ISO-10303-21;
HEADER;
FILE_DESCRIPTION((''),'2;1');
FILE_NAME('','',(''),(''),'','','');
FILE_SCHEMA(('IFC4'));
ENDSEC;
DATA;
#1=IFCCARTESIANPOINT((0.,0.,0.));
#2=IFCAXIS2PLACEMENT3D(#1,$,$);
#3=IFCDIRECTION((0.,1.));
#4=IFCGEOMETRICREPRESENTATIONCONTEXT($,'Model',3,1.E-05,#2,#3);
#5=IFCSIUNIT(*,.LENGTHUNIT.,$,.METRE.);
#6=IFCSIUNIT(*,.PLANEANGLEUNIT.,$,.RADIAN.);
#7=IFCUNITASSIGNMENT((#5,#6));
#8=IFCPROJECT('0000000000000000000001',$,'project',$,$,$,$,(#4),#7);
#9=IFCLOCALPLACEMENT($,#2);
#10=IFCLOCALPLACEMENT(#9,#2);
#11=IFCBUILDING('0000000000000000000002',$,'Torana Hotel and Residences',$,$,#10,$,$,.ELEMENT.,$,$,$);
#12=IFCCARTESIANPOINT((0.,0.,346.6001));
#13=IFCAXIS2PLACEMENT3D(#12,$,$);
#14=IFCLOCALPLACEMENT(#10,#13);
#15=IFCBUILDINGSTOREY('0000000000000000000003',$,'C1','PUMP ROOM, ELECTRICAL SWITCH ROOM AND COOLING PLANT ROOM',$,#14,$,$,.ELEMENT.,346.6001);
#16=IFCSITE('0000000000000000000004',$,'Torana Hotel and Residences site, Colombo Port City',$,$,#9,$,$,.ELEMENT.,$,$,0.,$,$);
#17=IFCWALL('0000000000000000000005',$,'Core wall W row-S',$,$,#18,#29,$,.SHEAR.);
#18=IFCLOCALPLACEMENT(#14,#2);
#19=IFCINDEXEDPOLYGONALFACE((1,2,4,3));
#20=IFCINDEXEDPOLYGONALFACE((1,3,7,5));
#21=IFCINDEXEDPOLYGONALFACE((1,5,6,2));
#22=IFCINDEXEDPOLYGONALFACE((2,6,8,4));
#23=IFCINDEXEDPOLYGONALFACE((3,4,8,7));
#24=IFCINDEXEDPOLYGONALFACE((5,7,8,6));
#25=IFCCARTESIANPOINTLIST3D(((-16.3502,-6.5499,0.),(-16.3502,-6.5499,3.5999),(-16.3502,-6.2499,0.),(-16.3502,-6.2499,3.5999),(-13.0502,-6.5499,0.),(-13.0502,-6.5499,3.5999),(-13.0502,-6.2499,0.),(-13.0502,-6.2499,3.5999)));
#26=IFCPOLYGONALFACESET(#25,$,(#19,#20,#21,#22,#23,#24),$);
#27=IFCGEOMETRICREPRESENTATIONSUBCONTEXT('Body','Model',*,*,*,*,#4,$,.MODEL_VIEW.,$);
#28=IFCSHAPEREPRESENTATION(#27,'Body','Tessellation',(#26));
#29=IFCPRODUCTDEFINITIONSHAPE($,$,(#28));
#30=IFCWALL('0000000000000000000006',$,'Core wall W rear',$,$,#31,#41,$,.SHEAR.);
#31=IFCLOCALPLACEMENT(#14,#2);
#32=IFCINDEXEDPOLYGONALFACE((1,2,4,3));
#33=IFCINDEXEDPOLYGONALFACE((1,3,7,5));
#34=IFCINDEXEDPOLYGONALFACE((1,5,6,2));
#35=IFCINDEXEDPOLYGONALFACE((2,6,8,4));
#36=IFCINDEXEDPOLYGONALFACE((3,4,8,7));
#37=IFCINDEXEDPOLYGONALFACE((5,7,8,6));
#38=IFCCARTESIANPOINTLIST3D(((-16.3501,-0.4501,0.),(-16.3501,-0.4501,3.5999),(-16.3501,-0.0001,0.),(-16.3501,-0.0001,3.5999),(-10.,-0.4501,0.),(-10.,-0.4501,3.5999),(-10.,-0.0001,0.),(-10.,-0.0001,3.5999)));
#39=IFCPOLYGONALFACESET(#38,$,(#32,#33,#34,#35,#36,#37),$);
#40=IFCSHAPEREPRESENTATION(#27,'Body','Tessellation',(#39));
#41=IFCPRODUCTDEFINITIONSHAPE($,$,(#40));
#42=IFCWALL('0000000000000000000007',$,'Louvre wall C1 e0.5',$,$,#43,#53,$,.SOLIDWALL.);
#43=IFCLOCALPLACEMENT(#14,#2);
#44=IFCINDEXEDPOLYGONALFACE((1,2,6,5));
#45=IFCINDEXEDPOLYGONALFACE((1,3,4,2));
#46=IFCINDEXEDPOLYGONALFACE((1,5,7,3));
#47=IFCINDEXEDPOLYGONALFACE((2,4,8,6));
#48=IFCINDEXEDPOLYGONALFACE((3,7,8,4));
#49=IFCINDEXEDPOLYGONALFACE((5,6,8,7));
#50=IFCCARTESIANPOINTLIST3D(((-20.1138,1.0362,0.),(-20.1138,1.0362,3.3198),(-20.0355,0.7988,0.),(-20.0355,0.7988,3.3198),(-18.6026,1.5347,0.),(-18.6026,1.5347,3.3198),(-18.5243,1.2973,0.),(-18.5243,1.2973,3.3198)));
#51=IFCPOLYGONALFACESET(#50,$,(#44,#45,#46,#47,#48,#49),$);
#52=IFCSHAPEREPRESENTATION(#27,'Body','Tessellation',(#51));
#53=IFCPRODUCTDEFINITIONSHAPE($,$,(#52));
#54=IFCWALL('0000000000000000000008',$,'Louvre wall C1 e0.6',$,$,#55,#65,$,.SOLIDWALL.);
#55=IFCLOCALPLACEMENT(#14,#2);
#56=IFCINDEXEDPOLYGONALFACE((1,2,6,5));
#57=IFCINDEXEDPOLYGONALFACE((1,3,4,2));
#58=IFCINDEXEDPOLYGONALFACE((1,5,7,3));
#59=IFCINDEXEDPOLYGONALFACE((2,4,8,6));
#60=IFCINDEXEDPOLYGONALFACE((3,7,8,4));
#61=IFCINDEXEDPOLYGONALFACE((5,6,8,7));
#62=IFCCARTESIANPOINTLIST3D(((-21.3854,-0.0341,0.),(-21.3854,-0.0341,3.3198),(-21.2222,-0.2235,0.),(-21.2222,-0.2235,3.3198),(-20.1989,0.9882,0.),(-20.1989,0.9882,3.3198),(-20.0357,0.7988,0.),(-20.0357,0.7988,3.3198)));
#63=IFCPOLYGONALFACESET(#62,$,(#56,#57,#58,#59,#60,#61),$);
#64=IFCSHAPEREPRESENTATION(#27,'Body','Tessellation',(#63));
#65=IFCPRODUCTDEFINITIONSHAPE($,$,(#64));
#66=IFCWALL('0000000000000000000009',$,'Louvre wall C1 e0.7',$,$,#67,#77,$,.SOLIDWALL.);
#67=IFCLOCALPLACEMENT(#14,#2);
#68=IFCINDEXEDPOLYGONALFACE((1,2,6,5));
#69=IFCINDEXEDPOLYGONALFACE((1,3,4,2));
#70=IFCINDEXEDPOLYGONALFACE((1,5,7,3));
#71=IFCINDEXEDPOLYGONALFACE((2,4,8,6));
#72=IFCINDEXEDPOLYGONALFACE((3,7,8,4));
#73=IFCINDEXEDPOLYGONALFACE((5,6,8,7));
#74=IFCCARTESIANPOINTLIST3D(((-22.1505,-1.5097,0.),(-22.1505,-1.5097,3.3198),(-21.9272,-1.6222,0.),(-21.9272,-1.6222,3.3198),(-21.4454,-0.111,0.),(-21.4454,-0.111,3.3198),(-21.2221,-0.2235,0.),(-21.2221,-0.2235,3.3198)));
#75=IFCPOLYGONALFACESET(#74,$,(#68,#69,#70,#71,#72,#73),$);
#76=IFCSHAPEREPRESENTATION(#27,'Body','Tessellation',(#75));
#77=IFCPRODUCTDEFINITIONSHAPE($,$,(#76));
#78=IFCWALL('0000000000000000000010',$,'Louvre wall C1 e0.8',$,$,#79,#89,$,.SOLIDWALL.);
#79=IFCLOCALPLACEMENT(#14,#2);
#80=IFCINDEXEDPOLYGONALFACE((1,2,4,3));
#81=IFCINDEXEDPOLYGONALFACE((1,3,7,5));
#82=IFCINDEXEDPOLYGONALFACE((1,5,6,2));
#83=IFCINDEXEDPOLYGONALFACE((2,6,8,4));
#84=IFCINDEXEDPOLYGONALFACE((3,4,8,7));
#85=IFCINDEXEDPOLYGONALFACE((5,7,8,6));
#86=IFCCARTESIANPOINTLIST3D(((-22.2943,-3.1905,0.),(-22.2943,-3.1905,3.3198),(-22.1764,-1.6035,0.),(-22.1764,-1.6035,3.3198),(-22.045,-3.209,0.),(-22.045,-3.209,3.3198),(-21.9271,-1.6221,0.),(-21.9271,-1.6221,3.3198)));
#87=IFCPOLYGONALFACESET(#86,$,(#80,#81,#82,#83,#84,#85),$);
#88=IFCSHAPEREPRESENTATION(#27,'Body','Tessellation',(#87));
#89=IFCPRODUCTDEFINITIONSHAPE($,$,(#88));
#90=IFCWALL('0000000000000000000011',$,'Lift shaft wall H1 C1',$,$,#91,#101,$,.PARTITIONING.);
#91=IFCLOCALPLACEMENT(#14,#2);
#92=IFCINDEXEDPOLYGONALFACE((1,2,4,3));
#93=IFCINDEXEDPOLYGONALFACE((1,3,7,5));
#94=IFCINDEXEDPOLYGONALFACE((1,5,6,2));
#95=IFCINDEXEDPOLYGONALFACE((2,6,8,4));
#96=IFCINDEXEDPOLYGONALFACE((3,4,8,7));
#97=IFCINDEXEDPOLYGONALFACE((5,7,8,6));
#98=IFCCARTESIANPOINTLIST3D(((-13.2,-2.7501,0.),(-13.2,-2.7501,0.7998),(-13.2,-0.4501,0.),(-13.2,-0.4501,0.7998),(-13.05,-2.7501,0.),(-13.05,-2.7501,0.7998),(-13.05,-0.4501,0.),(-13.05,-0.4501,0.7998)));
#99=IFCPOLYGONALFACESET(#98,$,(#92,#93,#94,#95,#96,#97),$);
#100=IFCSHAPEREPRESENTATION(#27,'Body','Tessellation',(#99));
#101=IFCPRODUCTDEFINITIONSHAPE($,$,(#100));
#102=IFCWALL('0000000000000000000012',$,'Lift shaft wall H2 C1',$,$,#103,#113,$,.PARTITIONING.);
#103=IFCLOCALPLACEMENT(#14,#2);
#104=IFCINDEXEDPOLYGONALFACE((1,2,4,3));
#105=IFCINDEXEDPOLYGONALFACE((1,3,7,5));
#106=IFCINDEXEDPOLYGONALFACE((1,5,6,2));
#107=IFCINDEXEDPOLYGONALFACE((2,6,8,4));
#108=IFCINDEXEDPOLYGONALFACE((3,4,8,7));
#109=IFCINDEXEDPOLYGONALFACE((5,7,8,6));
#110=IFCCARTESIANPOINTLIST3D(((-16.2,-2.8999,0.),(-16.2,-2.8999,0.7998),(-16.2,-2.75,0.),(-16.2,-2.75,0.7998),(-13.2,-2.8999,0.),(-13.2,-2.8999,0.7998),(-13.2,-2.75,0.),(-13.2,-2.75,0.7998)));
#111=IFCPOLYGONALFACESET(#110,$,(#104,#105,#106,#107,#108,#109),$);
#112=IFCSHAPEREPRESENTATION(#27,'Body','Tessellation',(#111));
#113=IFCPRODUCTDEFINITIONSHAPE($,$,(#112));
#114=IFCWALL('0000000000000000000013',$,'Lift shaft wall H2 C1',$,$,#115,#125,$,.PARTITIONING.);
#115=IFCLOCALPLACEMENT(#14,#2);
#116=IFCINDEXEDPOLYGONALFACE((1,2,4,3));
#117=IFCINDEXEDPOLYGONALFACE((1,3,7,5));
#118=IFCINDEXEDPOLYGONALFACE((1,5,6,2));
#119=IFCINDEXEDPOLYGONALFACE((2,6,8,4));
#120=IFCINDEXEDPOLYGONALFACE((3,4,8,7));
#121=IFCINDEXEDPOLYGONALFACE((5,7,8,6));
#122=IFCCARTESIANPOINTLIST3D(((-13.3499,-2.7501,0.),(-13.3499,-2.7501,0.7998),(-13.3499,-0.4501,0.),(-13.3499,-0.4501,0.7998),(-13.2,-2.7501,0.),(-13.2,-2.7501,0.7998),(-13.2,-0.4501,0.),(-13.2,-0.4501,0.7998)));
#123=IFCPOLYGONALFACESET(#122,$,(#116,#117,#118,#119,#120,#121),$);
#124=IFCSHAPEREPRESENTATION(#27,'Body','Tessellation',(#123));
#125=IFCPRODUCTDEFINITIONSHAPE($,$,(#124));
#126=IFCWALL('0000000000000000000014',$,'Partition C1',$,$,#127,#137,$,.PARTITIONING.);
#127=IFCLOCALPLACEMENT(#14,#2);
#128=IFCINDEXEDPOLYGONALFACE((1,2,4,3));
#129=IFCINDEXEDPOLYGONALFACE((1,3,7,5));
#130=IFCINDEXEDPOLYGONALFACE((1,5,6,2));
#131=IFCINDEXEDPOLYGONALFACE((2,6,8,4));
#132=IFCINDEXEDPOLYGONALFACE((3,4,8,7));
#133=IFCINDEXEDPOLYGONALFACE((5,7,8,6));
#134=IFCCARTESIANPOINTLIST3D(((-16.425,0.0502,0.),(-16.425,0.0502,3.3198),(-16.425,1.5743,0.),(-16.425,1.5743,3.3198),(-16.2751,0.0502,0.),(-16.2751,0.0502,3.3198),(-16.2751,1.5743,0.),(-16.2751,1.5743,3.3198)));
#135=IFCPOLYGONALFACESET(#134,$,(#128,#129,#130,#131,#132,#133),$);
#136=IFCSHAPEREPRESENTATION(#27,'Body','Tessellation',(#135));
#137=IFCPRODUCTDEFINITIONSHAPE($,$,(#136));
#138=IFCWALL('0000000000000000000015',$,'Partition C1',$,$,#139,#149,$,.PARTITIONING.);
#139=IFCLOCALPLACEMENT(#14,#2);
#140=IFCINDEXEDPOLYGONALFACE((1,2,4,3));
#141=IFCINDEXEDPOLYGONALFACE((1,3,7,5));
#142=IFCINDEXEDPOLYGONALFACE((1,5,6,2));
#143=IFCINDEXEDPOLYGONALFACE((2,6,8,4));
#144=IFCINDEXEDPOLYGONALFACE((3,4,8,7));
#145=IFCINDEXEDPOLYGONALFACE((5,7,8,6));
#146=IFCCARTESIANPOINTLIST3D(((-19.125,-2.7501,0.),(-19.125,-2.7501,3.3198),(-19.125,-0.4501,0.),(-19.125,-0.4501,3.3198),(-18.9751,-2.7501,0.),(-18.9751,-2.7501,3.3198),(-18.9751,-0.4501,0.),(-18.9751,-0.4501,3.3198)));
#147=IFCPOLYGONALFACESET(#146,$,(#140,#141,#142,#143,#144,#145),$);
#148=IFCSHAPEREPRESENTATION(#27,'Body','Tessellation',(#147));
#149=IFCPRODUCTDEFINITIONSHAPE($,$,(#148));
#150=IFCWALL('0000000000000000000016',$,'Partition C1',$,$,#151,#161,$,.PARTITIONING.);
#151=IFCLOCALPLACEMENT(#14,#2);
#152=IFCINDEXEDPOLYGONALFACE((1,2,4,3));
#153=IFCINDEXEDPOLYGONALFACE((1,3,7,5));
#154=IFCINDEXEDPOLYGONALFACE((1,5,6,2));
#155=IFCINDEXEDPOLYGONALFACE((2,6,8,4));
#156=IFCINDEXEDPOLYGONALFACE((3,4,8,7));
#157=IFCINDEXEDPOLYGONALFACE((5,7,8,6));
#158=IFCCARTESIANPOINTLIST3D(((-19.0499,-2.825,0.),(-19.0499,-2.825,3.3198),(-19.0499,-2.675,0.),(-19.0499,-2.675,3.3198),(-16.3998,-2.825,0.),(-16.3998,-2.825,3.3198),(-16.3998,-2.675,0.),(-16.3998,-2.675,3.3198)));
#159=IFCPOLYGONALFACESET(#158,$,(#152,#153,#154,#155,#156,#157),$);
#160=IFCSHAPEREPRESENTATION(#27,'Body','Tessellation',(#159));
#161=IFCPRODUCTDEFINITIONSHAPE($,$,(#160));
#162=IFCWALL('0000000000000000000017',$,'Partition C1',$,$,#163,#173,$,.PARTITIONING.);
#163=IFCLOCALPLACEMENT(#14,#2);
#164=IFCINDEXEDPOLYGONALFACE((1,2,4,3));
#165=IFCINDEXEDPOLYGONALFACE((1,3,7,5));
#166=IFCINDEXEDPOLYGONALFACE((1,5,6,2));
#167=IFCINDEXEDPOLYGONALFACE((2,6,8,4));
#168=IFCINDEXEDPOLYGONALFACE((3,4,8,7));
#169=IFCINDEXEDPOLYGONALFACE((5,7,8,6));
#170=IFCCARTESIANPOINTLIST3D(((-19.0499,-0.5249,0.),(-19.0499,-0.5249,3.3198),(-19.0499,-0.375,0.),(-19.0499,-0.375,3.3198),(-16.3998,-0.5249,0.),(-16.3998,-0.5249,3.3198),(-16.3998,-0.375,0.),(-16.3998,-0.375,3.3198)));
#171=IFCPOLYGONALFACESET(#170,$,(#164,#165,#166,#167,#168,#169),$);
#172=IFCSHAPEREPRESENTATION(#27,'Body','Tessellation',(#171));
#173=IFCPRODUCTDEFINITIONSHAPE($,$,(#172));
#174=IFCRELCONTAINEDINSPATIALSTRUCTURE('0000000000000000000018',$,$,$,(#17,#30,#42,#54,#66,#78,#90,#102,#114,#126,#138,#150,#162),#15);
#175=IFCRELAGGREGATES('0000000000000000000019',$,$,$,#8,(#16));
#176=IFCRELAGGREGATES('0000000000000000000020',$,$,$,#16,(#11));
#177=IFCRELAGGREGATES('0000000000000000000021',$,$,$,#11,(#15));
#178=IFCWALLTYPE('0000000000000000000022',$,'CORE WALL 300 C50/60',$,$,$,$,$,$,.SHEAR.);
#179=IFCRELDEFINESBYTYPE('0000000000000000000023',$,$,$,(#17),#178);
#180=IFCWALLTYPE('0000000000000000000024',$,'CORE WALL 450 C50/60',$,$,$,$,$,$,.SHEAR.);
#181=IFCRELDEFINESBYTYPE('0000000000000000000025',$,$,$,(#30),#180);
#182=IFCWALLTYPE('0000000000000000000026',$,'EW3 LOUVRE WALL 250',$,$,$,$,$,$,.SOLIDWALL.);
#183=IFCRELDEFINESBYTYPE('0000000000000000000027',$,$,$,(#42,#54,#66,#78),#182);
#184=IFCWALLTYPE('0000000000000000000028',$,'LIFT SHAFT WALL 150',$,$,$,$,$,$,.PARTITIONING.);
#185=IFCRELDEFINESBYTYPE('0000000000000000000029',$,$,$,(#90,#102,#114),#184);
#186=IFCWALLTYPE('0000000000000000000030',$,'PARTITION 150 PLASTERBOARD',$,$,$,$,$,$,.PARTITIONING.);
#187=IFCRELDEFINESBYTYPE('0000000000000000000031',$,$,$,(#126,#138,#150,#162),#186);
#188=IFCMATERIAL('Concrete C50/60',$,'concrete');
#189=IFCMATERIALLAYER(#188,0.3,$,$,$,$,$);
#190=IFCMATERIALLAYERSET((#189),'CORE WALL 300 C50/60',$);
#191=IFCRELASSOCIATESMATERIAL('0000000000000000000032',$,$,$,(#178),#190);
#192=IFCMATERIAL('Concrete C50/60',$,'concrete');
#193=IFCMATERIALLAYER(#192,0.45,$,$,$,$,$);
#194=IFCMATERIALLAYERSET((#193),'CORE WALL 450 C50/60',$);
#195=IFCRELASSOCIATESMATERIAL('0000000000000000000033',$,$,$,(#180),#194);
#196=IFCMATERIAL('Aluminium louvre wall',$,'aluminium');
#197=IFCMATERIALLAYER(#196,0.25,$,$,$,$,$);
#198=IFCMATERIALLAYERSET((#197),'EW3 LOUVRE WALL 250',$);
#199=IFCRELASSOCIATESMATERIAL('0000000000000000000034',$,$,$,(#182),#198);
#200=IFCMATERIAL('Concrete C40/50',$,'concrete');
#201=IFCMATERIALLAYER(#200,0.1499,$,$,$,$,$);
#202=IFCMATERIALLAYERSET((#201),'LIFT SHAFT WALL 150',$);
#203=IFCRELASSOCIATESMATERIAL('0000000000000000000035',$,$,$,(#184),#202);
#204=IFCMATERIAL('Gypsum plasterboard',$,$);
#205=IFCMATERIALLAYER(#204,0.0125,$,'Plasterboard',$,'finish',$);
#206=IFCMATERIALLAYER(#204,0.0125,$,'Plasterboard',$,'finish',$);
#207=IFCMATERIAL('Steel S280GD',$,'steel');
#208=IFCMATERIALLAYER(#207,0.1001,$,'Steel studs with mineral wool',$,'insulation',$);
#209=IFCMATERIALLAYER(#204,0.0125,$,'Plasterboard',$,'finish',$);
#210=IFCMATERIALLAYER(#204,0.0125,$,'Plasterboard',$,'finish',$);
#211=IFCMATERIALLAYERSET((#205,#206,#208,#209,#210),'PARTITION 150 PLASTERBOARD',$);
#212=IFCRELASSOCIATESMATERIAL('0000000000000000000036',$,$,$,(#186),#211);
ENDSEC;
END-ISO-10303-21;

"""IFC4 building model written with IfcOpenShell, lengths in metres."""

from ifc_helpers import new_model, si_unit, direction, frame, frame_2d, origin, place, context, subcontext, project, spatial, rectangle, extrude, material, layer, layer_set, type_object, element, save


model = new_model("IFC4")

# Units and contexts
model_context = context("Model", 3, precision=1e-05, world=origin(), true_north=direction((0.0, 1.0)))
body_context = subcontext(model_context, "Body", "Model", "MODEL_VIEW")
ifc_project = project(units=[si_unit("LENGTHUNIT", "METRE"), si_unit("PLANEANGLEUNIT", "RADIAN")], contexts=[model_context])

# Site, building, storey
site_placement = place(None, origin())
site = spatial("IfcSite", under=ifc_project, at=site_placement, Name="Torana Hotel and Residences site, Colombo Port City", CompositionType="ELEMENT", RefElevation=0.0)
building_placement = place(site_placement, origin())
building = spatial("IfcBuilding", under=site, at=building_placement, Name="Torana Hotel and Residences", CompositionType="ELEMENT")
storey_placement = place(building_placement, frame((0.0, 0.0, 346.6001)))
storey = spatial("IfcBuildingStorey", under=building, at=storey_placement, Name="C1", Description="PUMP ROOM, ELECTRICAL SWITCH ROOM AND COOLING PLANT ROOM", CompositionType="ELEMENT", Elevation=346.6001)

# Walls
ifc_material_1 = material(Name="Concrete C50/60", Category="concrete")
ifc_layer_1 = layer(ifc_material_1, 0.3)
ifc_layer_set_1 = layer_set([ifc_layer_1], Name="CORE WALL 300 C50/60")
wall_type_1 = type_object("IfcWallType", Name="CORE WALL 300 C50/60", PredefinedType="SHEAR", material=ifc_layer_set_1)
wall_1_placement = place(storey_placement, frame((-16.3501, -6.3999, 0.0), z_axis=(0.0, 0.0, 1.0), x_axis=(1.0, 0.0, 0.0)))
element("IfcWall", 1, at=wall_1_placement, inside=storey, type_object=wall_type_1, Name="Core wall W row-S", PredefinedType="SHEAR", context=body_context, shape_type="SweptSolid", body=[
    extrude(rectangle(XDim=3.3, YDim=0.3, at=frame_2d((1.6499, 0.0))), origin(), (0.0, 0.0, 1.0), 3.5999),
])
ifc_material_2 = material(Name="Concrete C50/60", Category="concrete")
ifc_layer_2 = layer(ifc_material_2, 0.45)
ifc_layer_set_2 = layer_set([ifc_layer_2], Name="CORE WALL 450 C50/60")
wall_type_2 = type_object("IfcWallType", Name="CORE WALL 450 C50/60", PredefinedType="SHEAR", material=ifc_layer_set_2)
wall_2_placement = place(storey_placement, frame((-16.3501, -0.2251, 0.0), z_axis=(0.0, 0.0, 1.0), x_axis=(1.0, 0.0, 0.0)))
element("IfcWall", 2, at=wall_2_placement, inside=storey, type_object=wall_type_2, Name="Core wall W rear", PredefinedType="SHEAR", context=body_context, shape_type="SweptSolid", body=[
    extrude(rectangle(XDim=6.3501, YDim=0.45, at=frame_2d((3.175, 0.0))), origin(), (0.0, 0.0, 1.0), 3.5999),
])
ifc_material_3 = material(Name="Aluminium louvre wall", Category="aluminium")
ifc_layer_3 = layer(ifc_material_3, 0.25)
ifc_layer_set_3 = layer_set([ifc_layer_3], Name="EW3 LOUVRE WALL 250")
wall_type_3 = type_object("IfcWallType", Name="EW3 LOUVRE WALL 250", PredefinedType="SOLIDWALL", material=ifc_layer_set_3)
wall_3_placement = place(storey_placement, frame((-18.5635, 1.416, 0.0), z_axis=(0.0, 0.0, 1.0), x_axis=(-0.949661, -0.313281, 0.0)))
element("IfcWall", 3, at=wall_3_placement, inside=storey, type_object=wall_type_3, Name="Louvre wall C1 e0.5", PredefinedType="SOLIDWALL", context=body_context, shape_type="SweptSolid", body=[
    extrude(rectangle(XDim=1.5913, YDim=0.25, at=frame_2d((0.7957, 0.0))), origin(), (0.0, 0.0, 1.0), 3.3198),
])
wall_4_placement = place(storey_placement, frame((-20.1172, 0.8936, 0.0), z_axis=(0.0, 0.0, 1.0), x_axis=(-0.757615, -0.652702, 0.0)))
element("IfcWall", 4, at=wall_4_placement, inside=storey, type_object=wall_type_3, Name="Louvre wall C1 e0.6", PredefinedType="SOLIDWALL", context=body_context, shape_type="SweptSolid", body=[
    extrude(rectangle(XDim=1.5662, YDim=0.25, at=frame_2d((0.7832, 0.0))), origin(), (0.0, 0.0, 1.0), 3.3198),
])
wall_5_placement = place(storey_placement, frame((-21.3337, -0.1672, 0.0), z_axis=(0.0, 0.0, 1.0), x_axis=(-0.450141, -0.892957, 0.0)))
element("IfcWall", 5, at=wall_5_placement, inside=storey, type_object=wall_type_3, Name="Louvre wall C1 e0.7", PredefinedType="SOLIDWALL", context=body_context, shape_type="SweptSolid", body=[
    extrude(rectangle(XDim=1.5664, YDim=0.25, at=frame_2d((0.7832, 0.0))), origin(), (0.0, 0.0, 1.0), 3.3198),
])
wall_6_placement = place(storey_placement, frame((-22.0518, -1.6128, 0.0), z_axis=(0.0, 0.0, 1.0), x_axis=(-0.074103, -0.997251, 0.0)))
element("IfcWall", 6, at=wall_6_placement, inside=storey, type_object=wall_type_3, Name="Louvre wall C1 e0.8", PredefinedType="SOLIDWALL", context=body_context, shape_type="SweptSolid", body=[
    extrude(rectangle(XDim=1.5913, YDim=0.25, at=frame_2d((0.7957, 0.0))), origin(), (0.0, 0.0, 1.0), 3.3198),
])
ifc_material_4 = material(Name="Concrete C40/50", Category="concrete")
ifc_layer_4 = layer(ifc_material_4, 0.1499)
ifc_layer_set_4 = layer_set([ifc_layer_4], Name="LIFT SHAFT WALL 150")
wall_type_4 = type_object("IfcWallType", Name="LIFT SHAFT WALL 150", PredefinedType="PARTITIONING", material=ifc_layer_set_4)
wall_7_placement = place(storey_placement, frame((-13.125, -2.75, 0.0), z_axis=(0.0, 0.0, 1.0), x_axis=(0.0, 1.0, 0.0)))
element("IfcWall", 7, at=wall_7_placement, inside=storey, type_object=wall_type_4, Name="Lift shaft wall H1 C1", PredefinedType="PARTITIONING", context=body_context, shape_type="SweptSolid", body=[
    extrude(rectangle(XDim=2.3, YDim=0.1499, at=frame_2d((1.1499, 0.0))), origin(), (0.0, 0.0, 1.0), 0.7998),
])
wall_8_placement = place(storey_placement, frame((-16.2, -2.825, 0.0), z_axis=(0.0, 0.0, 1.0), x_axis=(1.0, 0.0, 0.0)))
element("IfcWall", 8, at=wall_8_placement, inside=storey, type_object=wall_type_4, Name="Lift shaft wall H2 C1", PredefinedType="PARTITIONING", context=body_context, shape_type="SweptSolid", body=[
    extrude(rectangle(XDim=3.0, YDim=0.1499, at=frame_2d((1.5, 0.0))), origin(), (0.0, 0.0, 1.0), 0.7998),
])
wall_9_placement = place(storey_placement, frame((-13.2749, -2.75, 0.0), z_axis=(0.0, 0.0, 1.0), x_axis=(0.0, 1.0, 0.0)))
element("IfcWall", 9, at=wall_9_placement, inside=storey, type_object=wall_type_4, Name="Lift shaft wall H2 C1", PredefinedType="PARTITIONING", context=body_context, shape_type="SweptSolid", body=[
    extrude(rectangle(XDim=2.3, YDim=0.1499, at=frame_2d((1.1499, 0.0))), origin(), (0.0, 0.0, 1.0), 0.7998),
])
ifc_material_5 = material(Name="Gypsum plasterboard")
ifc_layer_5 = layer(ifc_material_5, 0.0125, Name="Plasterboard", Category="finish")
ifc_layer_6 = layer(ifc_material_5, 0.0125, Name="Plasterboard", Category="finish")
ifc_material_6 = material(Name="Steel S280GD", Category="steel")
ifc_layer_7 = layer(ifc_material_6, 0.1001, Name="Steel studs with mineral wool", Category="insulation")
ifc_layer_8 = layer(ifc_material_5, 0.0125, Name="Plasterboard", Category="finish")
ifc_layer_9 = layer(ifc_material_5, 0.0125, Name="Plasterboard", Category="finish")
ifc_layer_set_5 = layer_set([ifc_layer_5, ifc_layer_6, ifc_layer_7, ifc_layer_8, ifc_layer_9], Name="PARTITION 150 PLASTERBOARD")
wall_type_5 = type_object("IfcWallType", Name="PARTITION 150 PLASTERBOARD", PredefinedType="PARTITIONING", material=ifc_layer_set_5)
wall_10_placement = place(storey_placement, frame((-16.3501, 0.05, 0.0), z_axis=(0.0, 0.0, 1.0), x_axis=(0.0, 1.0, 0.0)))
element("IfcWall", 10, at=wall_10_placement, inside=storey, type_object=wall_type_5, Name="Partition C1", PredefinedType="PARTITIONING", context=body_context, shape_type="SweptSolid", body=[
    extrude(rectangle(XDim=1.5242, YDim=0.1499, at=frame_2d((0.7622, 0.0))), origin(), (0.0, 0.0, 1.0), 3.3198),
])
wall_11_placement = place(storey_placement, frame((-19.05, -2.75, 0.0), z_axis=(0.0, 0.0, 1.0), x_axis=(0.0, 1.0, 0.0)))
element("IfcWall", 11, at=wall_11_placement, inside=storey, type_object=wall_type_5, Name="Partition C1", PredefinedType="PARTITIONING", context=body_context, shape_type="SweptSolid", body=[
    extrude(rectangle(XDim=2.3, YDim=0.1499, at=frame_2d((1.1499, 0.0))), origin(), (0.0, 0.0, 1.0), 3.3198),
])
for number, where, z_axis, x_axis, name in (
    (12, (-19.05, -2.75, 0.0), (0.0, 0.0, 1.0), (1.0, 0.0, 0.0), "Partition C1"),
    (13, (-19.05, -0.45, 0.0), (0.0, 0.0, 1.0), (1.0, 0.0, 0.0), "Partition C1"),
):
    element("IfcWall", number, at=place(storey_placement, frame(where, z_axis=z_axis, x_axis=x_axis)), inside=storey, type_object=wall_type_5, Name=name, PredefinedType="PARTITIONING", context=body_context, shape_type="SweptSolid", body=[
        extrude(rectangle(XDim=2.6501, YDim=0.1499, at=frame_2d((1.3252, 0.0))), origin(), (0.0, 0.0, 1.0), 3.3198),
    ])

save(model, "model.ifc")
